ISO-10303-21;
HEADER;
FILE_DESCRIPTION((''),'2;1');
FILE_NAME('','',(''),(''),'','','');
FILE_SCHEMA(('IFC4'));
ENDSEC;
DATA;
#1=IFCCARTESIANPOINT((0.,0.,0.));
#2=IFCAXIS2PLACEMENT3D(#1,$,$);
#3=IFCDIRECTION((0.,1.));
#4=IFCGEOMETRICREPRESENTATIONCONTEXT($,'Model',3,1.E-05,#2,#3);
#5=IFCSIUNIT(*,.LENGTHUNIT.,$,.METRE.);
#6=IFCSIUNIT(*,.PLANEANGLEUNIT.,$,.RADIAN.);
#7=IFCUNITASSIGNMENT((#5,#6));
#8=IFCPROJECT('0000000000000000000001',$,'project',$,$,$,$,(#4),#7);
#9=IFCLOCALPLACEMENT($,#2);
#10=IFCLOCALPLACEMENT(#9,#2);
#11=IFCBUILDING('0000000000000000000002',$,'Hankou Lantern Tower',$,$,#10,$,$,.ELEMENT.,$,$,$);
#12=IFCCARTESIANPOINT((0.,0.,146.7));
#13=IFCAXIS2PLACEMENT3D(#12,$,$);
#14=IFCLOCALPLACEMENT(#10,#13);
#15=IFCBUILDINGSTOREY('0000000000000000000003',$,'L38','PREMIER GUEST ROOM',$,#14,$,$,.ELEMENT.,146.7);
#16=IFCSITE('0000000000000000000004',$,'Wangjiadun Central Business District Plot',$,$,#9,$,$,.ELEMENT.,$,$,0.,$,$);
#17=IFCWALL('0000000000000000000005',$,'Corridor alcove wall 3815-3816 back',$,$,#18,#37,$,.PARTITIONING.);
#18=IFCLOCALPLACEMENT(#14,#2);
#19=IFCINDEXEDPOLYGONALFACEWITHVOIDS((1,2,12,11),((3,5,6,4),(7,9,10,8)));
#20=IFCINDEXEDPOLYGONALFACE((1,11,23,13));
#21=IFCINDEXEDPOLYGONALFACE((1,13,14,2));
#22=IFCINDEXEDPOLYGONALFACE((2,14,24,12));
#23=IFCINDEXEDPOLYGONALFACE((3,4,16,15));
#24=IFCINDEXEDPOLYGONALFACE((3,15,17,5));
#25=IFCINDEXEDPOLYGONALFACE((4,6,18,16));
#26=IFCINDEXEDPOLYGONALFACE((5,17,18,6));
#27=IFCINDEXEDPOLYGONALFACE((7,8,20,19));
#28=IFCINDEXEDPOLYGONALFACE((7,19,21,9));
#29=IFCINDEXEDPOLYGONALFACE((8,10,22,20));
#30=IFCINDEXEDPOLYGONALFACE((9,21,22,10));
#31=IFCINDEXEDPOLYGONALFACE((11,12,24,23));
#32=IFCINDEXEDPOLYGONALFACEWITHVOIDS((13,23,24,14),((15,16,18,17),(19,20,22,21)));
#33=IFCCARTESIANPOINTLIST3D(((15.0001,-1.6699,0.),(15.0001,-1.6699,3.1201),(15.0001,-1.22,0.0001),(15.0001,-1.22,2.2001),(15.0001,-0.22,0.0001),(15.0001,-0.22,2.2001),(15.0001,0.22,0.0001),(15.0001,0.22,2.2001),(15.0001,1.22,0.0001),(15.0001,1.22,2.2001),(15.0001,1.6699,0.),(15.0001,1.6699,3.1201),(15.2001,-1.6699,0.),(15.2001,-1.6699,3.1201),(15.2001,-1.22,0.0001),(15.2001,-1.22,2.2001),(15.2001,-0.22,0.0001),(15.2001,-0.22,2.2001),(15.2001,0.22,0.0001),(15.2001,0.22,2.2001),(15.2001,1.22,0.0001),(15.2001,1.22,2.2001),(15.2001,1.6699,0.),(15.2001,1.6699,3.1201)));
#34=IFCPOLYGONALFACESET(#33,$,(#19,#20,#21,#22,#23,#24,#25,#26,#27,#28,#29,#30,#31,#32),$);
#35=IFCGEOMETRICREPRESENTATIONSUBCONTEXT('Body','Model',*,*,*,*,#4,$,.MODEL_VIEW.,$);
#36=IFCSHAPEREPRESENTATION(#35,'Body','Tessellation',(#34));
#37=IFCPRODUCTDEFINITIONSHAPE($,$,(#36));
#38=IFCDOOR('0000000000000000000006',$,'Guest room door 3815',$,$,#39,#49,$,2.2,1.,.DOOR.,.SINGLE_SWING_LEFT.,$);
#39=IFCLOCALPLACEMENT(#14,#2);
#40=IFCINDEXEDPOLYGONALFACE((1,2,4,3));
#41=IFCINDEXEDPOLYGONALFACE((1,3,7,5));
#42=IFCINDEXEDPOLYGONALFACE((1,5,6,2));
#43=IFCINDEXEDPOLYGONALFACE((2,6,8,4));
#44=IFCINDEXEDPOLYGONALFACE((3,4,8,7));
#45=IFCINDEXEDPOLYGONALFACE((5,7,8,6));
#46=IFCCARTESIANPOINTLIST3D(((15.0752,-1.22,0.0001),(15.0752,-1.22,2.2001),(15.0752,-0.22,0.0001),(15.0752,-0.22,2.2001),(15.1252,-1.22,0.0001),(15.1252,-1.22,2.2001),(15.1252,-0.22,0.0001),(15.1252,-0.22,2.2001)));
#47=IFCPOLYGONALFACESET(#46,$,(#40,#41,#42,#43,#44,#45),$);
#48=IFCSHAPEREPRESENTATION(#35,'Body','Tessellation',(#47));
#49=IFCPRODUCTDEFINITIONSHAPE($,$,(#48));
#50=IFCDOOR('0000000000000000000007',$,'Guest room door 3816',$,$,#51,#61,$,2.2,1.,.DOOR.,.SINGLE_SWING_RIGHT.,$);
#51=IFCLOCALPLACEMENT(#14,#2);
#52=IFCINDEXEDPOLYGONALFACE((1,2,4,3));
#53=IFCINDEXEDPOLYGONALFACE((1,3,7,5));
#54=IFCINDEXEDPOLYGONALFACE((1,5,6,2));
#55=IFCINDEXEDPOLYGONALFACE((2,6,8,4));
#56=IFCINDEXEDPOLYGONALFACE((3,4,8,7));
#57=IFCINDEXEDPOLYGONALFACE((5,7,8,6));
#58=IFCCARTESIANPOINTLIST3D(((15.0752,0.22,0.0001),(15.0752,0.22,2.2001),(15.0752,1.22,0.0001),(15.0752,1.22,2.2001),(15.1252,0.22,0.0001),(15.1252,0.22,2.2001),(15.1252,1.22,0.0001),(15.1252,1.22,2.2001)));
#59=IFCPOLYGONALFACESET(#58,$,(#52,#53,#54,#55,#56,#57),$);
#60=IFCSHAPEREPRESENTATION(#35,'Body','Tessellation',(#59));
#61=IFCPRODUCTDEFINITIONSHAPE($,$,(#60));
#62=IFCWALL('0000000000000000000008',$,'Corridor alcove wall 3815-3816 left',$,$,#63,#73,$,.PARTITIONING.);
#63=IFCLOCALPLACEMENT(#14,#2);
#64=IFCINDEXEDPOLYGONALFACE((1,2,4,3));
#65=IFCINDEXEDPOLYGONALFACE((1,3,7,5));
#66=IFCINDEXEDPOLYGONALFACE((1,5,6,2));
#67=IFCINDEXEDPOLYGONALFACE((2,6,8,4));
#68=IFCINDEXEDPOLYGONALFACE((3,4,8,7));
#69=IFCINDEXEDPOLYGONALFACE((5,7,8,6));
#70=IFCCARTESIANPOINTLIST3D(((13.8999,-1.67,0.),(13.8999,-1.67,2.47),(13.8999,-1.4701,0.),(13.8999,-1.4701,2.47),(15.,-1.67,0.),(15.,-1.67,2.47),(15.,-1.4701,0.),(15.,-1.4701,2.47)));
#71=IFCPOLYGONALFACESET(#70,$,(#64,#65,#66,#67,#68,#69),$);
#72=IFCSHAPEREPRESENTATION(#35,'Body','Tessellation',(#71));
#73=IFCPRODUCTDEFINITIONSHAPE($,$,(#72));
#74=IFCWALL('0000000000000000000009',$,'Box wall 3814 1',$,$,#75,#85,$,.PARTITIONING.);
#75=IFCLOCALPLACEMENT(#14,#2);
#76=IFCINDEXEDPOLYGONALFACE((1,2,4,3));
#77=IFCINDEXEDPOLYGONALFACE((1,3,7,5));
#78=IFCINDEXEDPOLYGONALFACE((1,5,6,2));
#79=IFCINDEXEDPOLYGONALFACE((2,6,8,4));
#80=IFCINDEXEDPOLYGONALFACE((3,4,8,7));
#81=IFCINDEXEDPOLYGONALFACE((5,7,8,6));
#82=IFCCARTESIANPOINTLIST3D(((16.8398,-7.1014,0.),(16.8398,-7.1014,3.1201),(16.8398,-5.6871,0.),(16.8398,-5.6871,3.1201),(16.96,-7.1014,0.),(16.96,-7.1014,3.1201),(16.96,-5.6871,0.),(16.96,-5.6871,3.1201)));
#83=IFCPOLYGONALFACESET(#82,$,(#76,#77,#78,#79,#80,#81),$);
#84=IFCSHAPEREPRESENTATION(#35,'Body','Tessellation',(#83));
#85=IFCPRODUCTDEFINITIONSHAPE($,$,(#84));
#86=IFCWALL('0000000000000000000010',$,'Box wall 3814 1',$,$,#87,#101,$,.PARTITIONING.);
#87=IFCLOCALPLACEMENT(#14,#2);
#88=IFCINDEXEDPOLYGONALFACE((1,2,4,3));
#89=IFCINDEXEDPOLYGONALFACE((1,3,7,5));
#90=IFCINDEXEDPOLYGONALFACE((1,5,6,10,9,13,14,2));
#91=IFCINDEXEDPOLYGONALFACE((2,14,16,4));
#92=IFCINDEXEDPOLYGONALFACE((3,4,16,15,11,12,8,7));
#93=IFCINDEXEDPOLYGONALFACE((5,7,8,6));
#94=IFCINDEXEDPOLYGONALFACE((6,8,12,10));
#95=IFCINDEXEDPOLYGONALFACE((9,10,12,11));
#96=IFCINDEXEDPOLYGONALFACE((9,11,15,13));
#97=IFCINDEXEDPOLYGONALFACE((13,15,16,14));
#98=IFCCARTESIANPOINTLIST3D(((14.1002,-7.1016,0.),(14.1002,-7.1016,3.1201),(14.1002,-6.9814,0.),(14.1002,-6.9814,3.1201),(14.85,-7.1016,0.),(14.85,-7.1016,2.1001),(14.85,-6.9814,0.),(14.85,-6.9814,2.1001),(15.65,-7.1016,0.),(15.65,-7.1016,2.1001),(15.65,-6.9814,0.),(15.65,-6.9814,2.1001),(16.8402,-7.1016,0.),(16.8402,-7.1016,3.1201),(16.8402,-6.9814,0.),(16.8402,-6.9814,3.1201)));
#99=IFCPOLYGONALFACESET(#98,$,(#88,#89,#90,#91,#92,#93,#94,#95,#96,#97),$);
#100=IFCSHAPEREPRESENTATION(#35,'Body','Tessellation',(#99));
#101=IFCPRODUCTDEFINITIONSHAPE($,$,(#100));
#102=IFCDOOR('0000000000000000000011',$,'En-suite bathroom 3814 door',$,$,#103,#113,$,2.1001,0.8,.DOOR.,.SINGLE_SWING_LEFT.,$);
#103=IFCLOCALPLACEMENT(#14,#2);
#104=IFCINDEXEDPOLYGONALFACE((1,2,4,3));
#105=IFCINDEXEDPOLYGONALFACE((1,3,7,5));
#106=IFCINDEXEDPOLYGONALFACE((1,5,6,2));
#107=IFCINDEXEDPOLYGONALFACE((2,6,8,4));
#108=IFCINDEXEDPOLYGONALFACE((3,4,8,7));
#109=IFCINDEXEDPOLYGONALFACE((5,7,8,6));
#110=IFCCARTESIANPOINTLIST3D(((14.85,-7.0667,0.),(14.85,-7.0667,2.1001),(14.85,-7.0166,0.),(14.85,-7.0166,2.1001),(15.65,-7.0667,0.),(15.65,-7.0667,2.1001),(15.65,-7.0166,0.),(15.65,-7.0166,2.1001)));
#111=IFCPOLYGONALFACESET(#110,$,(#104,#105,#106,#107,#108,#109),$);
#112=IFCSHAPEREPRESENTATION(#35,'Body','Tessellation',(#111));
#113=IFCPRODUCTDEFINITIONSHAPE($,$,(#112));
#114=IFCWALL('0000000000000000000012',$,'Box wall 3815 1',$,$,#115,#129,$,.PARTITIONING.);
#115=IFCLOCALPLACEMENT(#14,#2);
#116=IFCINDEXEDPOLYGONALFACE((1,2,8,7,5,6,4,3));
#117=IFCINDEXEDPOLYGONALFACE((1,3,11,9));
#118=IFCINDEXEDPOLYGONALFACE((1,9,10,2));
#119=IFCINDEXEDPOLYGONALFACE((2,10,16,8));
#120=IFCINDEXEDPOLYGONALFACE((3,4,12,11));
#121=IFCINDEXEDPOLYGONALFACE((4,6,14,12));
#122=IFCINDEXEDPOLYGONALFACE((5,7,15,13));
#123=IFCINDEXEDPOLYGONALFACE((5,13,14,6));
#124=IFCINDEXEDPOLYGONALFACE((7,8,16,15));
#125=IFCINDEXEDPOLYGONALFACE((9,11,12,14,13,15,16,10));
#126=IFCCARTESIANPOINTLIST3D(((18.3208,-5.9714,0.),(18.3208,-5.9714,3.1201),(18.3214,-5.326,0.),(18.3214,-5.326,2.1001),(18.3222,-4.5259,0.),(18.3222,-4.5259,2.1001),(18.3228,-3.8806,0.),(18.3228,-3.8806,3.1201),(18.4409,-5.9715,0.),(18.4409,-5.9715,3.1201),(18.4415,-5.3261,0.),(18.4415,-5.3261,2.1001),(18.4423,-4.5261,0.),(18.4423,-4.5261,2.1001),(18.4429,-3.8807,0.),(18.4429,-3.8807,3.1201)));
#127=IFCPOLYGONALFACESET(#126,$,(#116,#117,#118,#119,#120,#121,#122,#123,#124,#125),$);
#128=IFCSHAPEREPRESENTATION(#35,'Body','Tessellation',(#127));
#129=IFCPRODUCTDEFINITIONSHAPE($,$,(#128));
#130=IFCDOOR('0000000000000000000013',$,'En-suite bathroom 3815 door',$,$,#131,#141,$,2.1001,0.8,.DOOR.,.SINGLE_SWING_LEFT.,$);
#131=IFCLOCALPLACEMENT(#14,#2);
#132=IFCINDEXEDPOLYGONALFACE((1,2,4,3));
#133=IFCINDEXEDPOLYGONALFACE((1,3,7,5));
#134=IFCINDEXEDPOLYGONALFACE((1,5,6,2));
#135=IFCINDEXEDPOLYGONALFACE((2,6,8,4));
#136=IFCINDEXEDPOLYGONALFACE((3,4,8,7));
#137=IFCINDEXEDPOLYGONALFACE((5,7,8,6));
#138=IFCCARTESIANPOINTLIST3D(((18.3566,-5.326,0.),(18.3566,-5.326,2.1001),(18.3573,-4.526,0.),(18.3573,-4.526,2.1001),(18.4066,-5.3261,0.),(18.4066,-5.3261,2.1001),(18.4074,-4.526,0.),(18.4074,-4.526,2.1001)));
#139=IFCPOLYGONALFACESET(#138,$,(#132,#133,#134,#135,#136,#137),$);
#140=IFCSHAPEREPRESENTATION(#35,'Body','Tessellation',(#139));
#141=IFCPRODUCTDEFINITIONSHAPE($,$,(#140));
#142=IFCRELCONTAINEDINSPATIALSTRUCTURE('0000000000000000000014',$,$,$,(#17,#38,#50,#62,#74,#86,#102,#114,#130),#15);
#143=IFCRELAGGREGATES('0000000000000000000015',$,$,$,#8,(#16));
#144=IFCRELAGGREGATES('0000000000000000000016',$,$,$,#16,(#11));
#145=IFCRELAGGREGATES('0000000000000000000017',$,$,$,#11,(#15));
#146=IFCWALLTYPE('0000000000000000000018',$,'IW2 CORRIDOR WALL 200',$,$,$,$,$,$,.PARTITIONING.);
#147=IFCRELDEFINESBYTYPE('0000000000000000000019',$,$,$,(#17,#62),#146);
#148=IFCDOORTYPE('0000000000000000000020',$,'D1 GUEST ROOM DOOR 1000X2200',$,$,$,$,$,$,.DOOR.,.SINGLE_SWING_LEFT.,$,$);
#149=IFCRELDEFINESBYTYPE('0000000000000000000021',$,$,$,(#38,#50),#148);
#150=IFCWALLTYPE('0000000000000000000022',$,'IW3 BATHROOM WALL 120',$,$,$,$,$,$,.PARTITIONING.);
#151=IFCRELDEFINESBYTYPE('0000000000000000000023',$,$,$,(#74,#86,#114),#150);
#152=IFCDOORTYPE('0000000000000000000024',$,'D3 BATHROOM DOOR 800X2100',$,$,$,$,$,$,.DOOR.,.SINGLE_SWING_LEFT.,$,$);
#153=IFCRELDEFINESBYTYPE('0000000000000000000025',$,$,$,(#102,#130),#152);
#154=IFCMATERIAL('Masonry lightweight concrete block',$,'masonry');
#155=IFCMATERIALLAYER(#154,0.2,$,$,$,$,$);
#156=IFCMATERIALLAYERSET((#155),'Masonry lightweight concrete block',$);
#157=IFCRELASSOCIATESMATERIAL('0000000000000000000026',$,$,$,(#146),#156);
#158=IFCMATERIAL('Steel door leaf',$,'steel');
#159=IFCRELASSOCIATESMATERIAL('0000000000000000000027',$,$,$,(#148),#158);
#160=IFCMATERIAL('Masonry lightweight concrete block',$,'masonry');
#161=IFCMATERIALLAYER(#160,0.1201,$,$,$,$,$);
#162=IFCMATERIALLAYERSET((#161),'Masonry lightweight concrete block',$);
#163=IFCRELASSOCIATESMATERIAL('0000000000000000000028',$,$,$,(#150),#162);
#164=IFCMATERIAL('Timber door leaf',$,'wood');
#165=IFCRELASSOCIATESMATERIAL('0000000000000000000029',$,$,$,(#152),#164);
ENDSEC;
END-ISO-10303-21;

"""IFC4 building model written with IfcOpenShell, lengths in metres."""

from ifc_helpers import new_model, si_unit, direction, frame, frame_2d, origin, place, context, subcontext, project, spatial, rectangle, extrude, material, layer, layer_set, type_object, element, fill, save


model = new_model("IFC4")

# Units and contexts
model_context = context("Model", 3, precision=1e-05, world=origin(), true_north=direction((0.0, 1.0)))
body_context = subcontext(model_context, "Body", "Model", "MODEL_VIEW")
ifc_project = project(units=[si_unit("LENGTHUNIT", "METRE"), si_unit("PLANEANGLEUNIT", "RADIAN")], contexts=[model_context])

# Site, building, storey
site_placement = place(None, origin())
site = spatial("IfcSite", under=ifc_project, at=site_placement, Name="Wangjiadun Central Business District Plot", CompositionType="ELEMENT", RefElevation=0.0)
building_placement = place(site_placement, origin())
building = spatial("IfcBuilding", under=site, at=building_placement, Name="Hankou Lantern Tower", CompositionType="ELEMENT")
storey_placement = place(building_placement, frame((0.0, 0.0, 146.7)))
storey = spatial("IfcBuildingStorey", under=building, at=storey_placement, Name="L38", Description="PREMIER GUEST ROOM", CompositionType="ELEMENT", Elevation=146.7)

# Wall, openings, doors
ifc_material_1 = material(Name="Masonry lightweight concrete block", Category="masonry")
ifc_layer_1 = layer(ifc_material_1, 0.2)
ifc_layer_set_1 = layer_set([ifc_layer_1], Name="Masonry lightweight concrete block")
wall_type_1 = type_object("IfcWallType", Name="IW2 CORRIDOR WALL 200", PredefinedType="PARTITIONING", material=ifc_layer_set_1)
wall_1_placement = place(storey_placement, frame((15.1001, -1.6699, 0.0), z_axis=(0.0, 0.0, 1.0), x_axis=(0.0, 1.0, 0.0)))
wall_1 = element("IfcWall", 1, at=wall_1_placement, inside=storey, type_object=wall_type_1, Name="Corridor alcove wall 3815-3816 back", PredefinedType="PARTITIONING", context=body_context, shape_type="SweptSolid", body=[
    extrude(rectangle(XDim=3.3398, YDim=0.2, at=frame_2d((1.6699, 0.0))), origin(), (0.0, 0.0, 1.0), 3.1201),
])
opening_1_placement = place(wall_1_placement, frame((0.45, 0.0, 0.0)))
opening_1 = element("IfcOpeningElement", 2, at=opening_1_placement, cuts=wall_1, PredefinedType="OPENING", context=body_context, shape_type="SweptSolid", body=[
    extrude(rectangle(XDim=1.0, YDim=2.2, at=frame_2d((0.5, 1.1001))), frame((0.0, 0.1099, 0.0), z_axis=(0.0, -1.0, 0.0), x_axis=(1.0, 0.0, 0.0)), (0.0, 0.0, 1.0), 0.22),
])
opening_2_placement = place(wall_1_placement, frame((1.8899, 0.0, 0.0)))
opening_2 = element("IfcOpeningElement", 3, at=opening_2_placement, cuts=wall_1, PredefinedType="OPENING", context=body_context, shape_type="SweptSolid", body=[
    extrude(rectangle(XDim=1.0, YDim=2.2, at=frame_2d((0.5, 1.1001))), frame((0.0, 0.1099, 0.0), z_axis=(0.0, -1.0, 0.0), x_axis=(1.0, 0.0, 0.0)), (0.0, 0.0, 1.0), 0.22),
])
ifc_material_2 = material(Name="Steel door leaf", Category="steel")
door_type_1 = type_object("IfcDoorType", Name="D1 GUEST ROOM DOOR 1000X2200", OperationType="SINGLE_SWING_LEFT", PredefinedType="DOOR", material=ifc_material_2)
door_1_placement = place(opening_1_placement, origin())
door_1 = element("IfcDoor", 4, at=door_1_placement, inside=storey, type_object=door_type_1, Name="Guest room door 3815", OperationType="SINGLE_SWING_LEFT", OverallHeight=2.2, OverallWidth=1.0, PredefinedType="DOOR", context=body_context, shape_type="SweptSolid", body=[
    extrude(rectangle(XDim=1.0, YDim=2.2, at=frame_2d((0.5, 1.1001))), frame((0.0, 0.0249, 0.0), z_axis=(0.0, -1.0, 0.0), x_axis=(1.0, 0.0, 0.0)), (0.0, 0.0, 1.0), 0.05),
])
fill(opening_1, door_1)
door_2_placement = place(opening_2_placement, origin())
door_2 = element("IfcDoor", 5, at=door_2_placement, inside=storey, type_object=door_type_1, Name="Guest room door 3816", OperationType="SINGLE_SWING_RIGHT", OverallHeight=2.2, OverallWidth=1.0, PredefinedType="DOOR", context=body_context, shape_type="SweptSolid", body=[
    extrude(rectangle(XDim=1.0, YDim=2.2, at=frame_2d((0.5, 1.1001))), frame((0.0, 0.0249, 0.0), z_axis=(0.0, -1.0, 0.0), x_axis=(1.0, 0.0, 0.0)), (0.0, 0.0, 1.0), 0.05),
])
fill(opening_2, door_2)

# Walls
wall_2_placement = place(storey_placement, frame((13.8999, -1.5701, 0.0), z_axis=(0.0, 0.0, 1.0), x_axis=(1.0, 0.0, 0.0)))
element("IfcWall", 6, at=wall_2_placement, inside=storey, type_object=wall_type_1, Name="Corridor alcove wall 3815-3816 left", PredefinedType="PARTITIONING", context=body_context, shape_type="SweptSolid", body=[
    extrude(rectangle(XDim=1.1001, YDim=0.2, at=frame_2d((0.55, 0.0))), origin(), (0.0, 0.0, 1.0), 2.47),
])
ifc_material_3 = material(Name="Masonry lightweight concrete block", Category="masonry")
ifc_layer_2 = layer(ifc_material_3, 0.1201)
ifc_layer_set_2 = layer_set([ifc_layer_2], Name="Masonry lightweight concrete block")
wall_type_2 = type_object("IfcWallType", Name="IW3 BATHROOM WALL 120", PredefinedType="PARTITIONING", material=ifc_layer_set_2)
wall_3_placement = place(storey_placement, frame((16.8999, -5.6873, 0.0), z_axis=(0.0, 0.0, 1.0), x_axis=(0.0, -1.0, 0.0)))
element("IfcWall", 7, at=wall_3_placement, inside=storey, type_object=wall_type_2, Name="Box wall 3814 1", PredefinedType="PARTITIONING", context=body_context, shape_type="SweptSolid", body=[
    extrude(rectangle(XDim=1.4143, YDim=0.1201, at=frame_2d((0.707, 0.0))), origin(), (0.0, 0.0, 1.0), 3.1201),
])

# Walls, openings, doors
wall_4_placement = place(storey_placement, frame((14.1001, -7.0415, 0.0), z_axis=(0.0, 0.0, 1.0), x_axis=(1.0, 0.0, 0.0)))
wall_4 = element("IfcWall", 8, at=wall_4_placement, inside=storey, type_object=wall_type_2, Name="Box wall 3814 1", PredefinedType="PARTITIONING", context=body_context, shape_type="SweptSolid", body=[
    extrude(rectangle(XDim=2.74, YDim=0.1201, at=frame_2d((1.3701, 0.0))), origin(), (0.0, 0.0, 1.0), 3.1201),
])
opening_3_placement = place(wall_4_placement, frame((0.75, 0.0, 0.0)))
opening_3 = element("IfcOpeningElement", 9, at=opening_3_placement, cuts=wall_4, PredefinedType="OPENING", context=body_context, shape_type="SweptSolid", body=[
    extrude(rectangle(XDim=0.8, YDim=2.1001, at=frame_2d((0.3999, 1.05))), frame((0.0, 0.0701, 0.0), z_axis=(0.0, -1.0, 0.0), x_axis=(1.0, 0.0, 0.0)), (0.0, 0.0, 1.0), 0.1401),
])
ifc_material_4 = material(Name="Timber door leaf", Category="wood")
door_type_2 = type_object("IfcDoorType", Name="D3 BATHROOM DOOR 800X2100", OperationType="SINGLE_SWING_LEFT", PredefinedType="DOOR", material=ifc_material_4)
door_3_placement = place(opening_3_placement, origin())
door_3 = element("IfcDoor", 10, at=door_3_placement, inside=storey, type_object=door_type_2, Name="En-suite bathroom 3814 door", OperationType="SINGLE_SWING_LEFT", OverallHeight=2.1001, OverallWidth=0.8, PredefinedType="DOOR", context=body_context, shape_type="SweptSolid", body=[
    extrude(rectangle(XDim=0.8, YDim=2.1001, at=frame_2d((0.3999, 1.05))), frame((0.0, 0.0249, 0.0), z_axis=(0.0, -1.0, 0.0), x_axis=(1.0, 0.0, 0.0)), (0.0, 0.0, 1.0), 0.05),
])
fill(opening_3, door_3)
wall_5_placement = place(storey_placement, frame((18.3809, -5.9714, 0.0), z_axis=(0.0, 0.0, 1.0), x_axis=(0.000934, 1.0, 0.0)))
wall_5 = element("IfcWall", 11, at=wall_5_placement, inside=storey, type_object=wall_type_2, Name="Box wall 3815 1", PredefinedType="PARTITIONING", context=body_context, shape_type="SweptSolid", body=[
    extrude(rectangle(XDim=2.0908, YDim=0.1201, at=frame_2d((1.0454, 0.0))), origin(), (0.0, 0.0, 1.0), 3.1201),
])
opening_4_placement = place(wall_5_placement, frame((0.6455, 0.0, 0.0)))
opening_4 = element("IfcOpeningElement", 12, at=opening_4_placement, cuts=wall_5, PredefinedType="OPENING", context=body_context, shape_type="SweptSolid", body=[
    extrude(rectangle(XDim=0.8, YDim=2.1001, at=frame_2d((0.3999, 1.05))), frame((0.0, 0.0701, 0.0), z_axis=(0.0, -1.0, 0.0), x_axis=(1.0, 0.0, 0.0)), (0.0, 0.0, 1.0), 0.1401),
])
door_4_placement = place(opening_4_placement, origin())
door_4 = element("IfcDoor", 13, at=door_4_placement, inside=storey, type_object=door_type_2, Name="En-suite bathroom 3815 door", OperationType="SINGLE_SWING_LEFT", OverallHeight=2.1001, OverallWidth=0.8, PredefinedType="DOOR", context=body_context, shape_type="SweptSolid", body=[
    extrude(rectangle(XDim=0.8, YDim=2.1001, at=frame_2d((0.3999, 1.05))), frame((0.0, 0.0249, 0.0), z_axis=(0.0, -1.0, 0.0), x_axis=(1.0, 0.0, 0.0)), (0.0, 0.0, 1.0), 0.05),
])
fill(opening_4, door_4)

save(model, "model.ifc")
